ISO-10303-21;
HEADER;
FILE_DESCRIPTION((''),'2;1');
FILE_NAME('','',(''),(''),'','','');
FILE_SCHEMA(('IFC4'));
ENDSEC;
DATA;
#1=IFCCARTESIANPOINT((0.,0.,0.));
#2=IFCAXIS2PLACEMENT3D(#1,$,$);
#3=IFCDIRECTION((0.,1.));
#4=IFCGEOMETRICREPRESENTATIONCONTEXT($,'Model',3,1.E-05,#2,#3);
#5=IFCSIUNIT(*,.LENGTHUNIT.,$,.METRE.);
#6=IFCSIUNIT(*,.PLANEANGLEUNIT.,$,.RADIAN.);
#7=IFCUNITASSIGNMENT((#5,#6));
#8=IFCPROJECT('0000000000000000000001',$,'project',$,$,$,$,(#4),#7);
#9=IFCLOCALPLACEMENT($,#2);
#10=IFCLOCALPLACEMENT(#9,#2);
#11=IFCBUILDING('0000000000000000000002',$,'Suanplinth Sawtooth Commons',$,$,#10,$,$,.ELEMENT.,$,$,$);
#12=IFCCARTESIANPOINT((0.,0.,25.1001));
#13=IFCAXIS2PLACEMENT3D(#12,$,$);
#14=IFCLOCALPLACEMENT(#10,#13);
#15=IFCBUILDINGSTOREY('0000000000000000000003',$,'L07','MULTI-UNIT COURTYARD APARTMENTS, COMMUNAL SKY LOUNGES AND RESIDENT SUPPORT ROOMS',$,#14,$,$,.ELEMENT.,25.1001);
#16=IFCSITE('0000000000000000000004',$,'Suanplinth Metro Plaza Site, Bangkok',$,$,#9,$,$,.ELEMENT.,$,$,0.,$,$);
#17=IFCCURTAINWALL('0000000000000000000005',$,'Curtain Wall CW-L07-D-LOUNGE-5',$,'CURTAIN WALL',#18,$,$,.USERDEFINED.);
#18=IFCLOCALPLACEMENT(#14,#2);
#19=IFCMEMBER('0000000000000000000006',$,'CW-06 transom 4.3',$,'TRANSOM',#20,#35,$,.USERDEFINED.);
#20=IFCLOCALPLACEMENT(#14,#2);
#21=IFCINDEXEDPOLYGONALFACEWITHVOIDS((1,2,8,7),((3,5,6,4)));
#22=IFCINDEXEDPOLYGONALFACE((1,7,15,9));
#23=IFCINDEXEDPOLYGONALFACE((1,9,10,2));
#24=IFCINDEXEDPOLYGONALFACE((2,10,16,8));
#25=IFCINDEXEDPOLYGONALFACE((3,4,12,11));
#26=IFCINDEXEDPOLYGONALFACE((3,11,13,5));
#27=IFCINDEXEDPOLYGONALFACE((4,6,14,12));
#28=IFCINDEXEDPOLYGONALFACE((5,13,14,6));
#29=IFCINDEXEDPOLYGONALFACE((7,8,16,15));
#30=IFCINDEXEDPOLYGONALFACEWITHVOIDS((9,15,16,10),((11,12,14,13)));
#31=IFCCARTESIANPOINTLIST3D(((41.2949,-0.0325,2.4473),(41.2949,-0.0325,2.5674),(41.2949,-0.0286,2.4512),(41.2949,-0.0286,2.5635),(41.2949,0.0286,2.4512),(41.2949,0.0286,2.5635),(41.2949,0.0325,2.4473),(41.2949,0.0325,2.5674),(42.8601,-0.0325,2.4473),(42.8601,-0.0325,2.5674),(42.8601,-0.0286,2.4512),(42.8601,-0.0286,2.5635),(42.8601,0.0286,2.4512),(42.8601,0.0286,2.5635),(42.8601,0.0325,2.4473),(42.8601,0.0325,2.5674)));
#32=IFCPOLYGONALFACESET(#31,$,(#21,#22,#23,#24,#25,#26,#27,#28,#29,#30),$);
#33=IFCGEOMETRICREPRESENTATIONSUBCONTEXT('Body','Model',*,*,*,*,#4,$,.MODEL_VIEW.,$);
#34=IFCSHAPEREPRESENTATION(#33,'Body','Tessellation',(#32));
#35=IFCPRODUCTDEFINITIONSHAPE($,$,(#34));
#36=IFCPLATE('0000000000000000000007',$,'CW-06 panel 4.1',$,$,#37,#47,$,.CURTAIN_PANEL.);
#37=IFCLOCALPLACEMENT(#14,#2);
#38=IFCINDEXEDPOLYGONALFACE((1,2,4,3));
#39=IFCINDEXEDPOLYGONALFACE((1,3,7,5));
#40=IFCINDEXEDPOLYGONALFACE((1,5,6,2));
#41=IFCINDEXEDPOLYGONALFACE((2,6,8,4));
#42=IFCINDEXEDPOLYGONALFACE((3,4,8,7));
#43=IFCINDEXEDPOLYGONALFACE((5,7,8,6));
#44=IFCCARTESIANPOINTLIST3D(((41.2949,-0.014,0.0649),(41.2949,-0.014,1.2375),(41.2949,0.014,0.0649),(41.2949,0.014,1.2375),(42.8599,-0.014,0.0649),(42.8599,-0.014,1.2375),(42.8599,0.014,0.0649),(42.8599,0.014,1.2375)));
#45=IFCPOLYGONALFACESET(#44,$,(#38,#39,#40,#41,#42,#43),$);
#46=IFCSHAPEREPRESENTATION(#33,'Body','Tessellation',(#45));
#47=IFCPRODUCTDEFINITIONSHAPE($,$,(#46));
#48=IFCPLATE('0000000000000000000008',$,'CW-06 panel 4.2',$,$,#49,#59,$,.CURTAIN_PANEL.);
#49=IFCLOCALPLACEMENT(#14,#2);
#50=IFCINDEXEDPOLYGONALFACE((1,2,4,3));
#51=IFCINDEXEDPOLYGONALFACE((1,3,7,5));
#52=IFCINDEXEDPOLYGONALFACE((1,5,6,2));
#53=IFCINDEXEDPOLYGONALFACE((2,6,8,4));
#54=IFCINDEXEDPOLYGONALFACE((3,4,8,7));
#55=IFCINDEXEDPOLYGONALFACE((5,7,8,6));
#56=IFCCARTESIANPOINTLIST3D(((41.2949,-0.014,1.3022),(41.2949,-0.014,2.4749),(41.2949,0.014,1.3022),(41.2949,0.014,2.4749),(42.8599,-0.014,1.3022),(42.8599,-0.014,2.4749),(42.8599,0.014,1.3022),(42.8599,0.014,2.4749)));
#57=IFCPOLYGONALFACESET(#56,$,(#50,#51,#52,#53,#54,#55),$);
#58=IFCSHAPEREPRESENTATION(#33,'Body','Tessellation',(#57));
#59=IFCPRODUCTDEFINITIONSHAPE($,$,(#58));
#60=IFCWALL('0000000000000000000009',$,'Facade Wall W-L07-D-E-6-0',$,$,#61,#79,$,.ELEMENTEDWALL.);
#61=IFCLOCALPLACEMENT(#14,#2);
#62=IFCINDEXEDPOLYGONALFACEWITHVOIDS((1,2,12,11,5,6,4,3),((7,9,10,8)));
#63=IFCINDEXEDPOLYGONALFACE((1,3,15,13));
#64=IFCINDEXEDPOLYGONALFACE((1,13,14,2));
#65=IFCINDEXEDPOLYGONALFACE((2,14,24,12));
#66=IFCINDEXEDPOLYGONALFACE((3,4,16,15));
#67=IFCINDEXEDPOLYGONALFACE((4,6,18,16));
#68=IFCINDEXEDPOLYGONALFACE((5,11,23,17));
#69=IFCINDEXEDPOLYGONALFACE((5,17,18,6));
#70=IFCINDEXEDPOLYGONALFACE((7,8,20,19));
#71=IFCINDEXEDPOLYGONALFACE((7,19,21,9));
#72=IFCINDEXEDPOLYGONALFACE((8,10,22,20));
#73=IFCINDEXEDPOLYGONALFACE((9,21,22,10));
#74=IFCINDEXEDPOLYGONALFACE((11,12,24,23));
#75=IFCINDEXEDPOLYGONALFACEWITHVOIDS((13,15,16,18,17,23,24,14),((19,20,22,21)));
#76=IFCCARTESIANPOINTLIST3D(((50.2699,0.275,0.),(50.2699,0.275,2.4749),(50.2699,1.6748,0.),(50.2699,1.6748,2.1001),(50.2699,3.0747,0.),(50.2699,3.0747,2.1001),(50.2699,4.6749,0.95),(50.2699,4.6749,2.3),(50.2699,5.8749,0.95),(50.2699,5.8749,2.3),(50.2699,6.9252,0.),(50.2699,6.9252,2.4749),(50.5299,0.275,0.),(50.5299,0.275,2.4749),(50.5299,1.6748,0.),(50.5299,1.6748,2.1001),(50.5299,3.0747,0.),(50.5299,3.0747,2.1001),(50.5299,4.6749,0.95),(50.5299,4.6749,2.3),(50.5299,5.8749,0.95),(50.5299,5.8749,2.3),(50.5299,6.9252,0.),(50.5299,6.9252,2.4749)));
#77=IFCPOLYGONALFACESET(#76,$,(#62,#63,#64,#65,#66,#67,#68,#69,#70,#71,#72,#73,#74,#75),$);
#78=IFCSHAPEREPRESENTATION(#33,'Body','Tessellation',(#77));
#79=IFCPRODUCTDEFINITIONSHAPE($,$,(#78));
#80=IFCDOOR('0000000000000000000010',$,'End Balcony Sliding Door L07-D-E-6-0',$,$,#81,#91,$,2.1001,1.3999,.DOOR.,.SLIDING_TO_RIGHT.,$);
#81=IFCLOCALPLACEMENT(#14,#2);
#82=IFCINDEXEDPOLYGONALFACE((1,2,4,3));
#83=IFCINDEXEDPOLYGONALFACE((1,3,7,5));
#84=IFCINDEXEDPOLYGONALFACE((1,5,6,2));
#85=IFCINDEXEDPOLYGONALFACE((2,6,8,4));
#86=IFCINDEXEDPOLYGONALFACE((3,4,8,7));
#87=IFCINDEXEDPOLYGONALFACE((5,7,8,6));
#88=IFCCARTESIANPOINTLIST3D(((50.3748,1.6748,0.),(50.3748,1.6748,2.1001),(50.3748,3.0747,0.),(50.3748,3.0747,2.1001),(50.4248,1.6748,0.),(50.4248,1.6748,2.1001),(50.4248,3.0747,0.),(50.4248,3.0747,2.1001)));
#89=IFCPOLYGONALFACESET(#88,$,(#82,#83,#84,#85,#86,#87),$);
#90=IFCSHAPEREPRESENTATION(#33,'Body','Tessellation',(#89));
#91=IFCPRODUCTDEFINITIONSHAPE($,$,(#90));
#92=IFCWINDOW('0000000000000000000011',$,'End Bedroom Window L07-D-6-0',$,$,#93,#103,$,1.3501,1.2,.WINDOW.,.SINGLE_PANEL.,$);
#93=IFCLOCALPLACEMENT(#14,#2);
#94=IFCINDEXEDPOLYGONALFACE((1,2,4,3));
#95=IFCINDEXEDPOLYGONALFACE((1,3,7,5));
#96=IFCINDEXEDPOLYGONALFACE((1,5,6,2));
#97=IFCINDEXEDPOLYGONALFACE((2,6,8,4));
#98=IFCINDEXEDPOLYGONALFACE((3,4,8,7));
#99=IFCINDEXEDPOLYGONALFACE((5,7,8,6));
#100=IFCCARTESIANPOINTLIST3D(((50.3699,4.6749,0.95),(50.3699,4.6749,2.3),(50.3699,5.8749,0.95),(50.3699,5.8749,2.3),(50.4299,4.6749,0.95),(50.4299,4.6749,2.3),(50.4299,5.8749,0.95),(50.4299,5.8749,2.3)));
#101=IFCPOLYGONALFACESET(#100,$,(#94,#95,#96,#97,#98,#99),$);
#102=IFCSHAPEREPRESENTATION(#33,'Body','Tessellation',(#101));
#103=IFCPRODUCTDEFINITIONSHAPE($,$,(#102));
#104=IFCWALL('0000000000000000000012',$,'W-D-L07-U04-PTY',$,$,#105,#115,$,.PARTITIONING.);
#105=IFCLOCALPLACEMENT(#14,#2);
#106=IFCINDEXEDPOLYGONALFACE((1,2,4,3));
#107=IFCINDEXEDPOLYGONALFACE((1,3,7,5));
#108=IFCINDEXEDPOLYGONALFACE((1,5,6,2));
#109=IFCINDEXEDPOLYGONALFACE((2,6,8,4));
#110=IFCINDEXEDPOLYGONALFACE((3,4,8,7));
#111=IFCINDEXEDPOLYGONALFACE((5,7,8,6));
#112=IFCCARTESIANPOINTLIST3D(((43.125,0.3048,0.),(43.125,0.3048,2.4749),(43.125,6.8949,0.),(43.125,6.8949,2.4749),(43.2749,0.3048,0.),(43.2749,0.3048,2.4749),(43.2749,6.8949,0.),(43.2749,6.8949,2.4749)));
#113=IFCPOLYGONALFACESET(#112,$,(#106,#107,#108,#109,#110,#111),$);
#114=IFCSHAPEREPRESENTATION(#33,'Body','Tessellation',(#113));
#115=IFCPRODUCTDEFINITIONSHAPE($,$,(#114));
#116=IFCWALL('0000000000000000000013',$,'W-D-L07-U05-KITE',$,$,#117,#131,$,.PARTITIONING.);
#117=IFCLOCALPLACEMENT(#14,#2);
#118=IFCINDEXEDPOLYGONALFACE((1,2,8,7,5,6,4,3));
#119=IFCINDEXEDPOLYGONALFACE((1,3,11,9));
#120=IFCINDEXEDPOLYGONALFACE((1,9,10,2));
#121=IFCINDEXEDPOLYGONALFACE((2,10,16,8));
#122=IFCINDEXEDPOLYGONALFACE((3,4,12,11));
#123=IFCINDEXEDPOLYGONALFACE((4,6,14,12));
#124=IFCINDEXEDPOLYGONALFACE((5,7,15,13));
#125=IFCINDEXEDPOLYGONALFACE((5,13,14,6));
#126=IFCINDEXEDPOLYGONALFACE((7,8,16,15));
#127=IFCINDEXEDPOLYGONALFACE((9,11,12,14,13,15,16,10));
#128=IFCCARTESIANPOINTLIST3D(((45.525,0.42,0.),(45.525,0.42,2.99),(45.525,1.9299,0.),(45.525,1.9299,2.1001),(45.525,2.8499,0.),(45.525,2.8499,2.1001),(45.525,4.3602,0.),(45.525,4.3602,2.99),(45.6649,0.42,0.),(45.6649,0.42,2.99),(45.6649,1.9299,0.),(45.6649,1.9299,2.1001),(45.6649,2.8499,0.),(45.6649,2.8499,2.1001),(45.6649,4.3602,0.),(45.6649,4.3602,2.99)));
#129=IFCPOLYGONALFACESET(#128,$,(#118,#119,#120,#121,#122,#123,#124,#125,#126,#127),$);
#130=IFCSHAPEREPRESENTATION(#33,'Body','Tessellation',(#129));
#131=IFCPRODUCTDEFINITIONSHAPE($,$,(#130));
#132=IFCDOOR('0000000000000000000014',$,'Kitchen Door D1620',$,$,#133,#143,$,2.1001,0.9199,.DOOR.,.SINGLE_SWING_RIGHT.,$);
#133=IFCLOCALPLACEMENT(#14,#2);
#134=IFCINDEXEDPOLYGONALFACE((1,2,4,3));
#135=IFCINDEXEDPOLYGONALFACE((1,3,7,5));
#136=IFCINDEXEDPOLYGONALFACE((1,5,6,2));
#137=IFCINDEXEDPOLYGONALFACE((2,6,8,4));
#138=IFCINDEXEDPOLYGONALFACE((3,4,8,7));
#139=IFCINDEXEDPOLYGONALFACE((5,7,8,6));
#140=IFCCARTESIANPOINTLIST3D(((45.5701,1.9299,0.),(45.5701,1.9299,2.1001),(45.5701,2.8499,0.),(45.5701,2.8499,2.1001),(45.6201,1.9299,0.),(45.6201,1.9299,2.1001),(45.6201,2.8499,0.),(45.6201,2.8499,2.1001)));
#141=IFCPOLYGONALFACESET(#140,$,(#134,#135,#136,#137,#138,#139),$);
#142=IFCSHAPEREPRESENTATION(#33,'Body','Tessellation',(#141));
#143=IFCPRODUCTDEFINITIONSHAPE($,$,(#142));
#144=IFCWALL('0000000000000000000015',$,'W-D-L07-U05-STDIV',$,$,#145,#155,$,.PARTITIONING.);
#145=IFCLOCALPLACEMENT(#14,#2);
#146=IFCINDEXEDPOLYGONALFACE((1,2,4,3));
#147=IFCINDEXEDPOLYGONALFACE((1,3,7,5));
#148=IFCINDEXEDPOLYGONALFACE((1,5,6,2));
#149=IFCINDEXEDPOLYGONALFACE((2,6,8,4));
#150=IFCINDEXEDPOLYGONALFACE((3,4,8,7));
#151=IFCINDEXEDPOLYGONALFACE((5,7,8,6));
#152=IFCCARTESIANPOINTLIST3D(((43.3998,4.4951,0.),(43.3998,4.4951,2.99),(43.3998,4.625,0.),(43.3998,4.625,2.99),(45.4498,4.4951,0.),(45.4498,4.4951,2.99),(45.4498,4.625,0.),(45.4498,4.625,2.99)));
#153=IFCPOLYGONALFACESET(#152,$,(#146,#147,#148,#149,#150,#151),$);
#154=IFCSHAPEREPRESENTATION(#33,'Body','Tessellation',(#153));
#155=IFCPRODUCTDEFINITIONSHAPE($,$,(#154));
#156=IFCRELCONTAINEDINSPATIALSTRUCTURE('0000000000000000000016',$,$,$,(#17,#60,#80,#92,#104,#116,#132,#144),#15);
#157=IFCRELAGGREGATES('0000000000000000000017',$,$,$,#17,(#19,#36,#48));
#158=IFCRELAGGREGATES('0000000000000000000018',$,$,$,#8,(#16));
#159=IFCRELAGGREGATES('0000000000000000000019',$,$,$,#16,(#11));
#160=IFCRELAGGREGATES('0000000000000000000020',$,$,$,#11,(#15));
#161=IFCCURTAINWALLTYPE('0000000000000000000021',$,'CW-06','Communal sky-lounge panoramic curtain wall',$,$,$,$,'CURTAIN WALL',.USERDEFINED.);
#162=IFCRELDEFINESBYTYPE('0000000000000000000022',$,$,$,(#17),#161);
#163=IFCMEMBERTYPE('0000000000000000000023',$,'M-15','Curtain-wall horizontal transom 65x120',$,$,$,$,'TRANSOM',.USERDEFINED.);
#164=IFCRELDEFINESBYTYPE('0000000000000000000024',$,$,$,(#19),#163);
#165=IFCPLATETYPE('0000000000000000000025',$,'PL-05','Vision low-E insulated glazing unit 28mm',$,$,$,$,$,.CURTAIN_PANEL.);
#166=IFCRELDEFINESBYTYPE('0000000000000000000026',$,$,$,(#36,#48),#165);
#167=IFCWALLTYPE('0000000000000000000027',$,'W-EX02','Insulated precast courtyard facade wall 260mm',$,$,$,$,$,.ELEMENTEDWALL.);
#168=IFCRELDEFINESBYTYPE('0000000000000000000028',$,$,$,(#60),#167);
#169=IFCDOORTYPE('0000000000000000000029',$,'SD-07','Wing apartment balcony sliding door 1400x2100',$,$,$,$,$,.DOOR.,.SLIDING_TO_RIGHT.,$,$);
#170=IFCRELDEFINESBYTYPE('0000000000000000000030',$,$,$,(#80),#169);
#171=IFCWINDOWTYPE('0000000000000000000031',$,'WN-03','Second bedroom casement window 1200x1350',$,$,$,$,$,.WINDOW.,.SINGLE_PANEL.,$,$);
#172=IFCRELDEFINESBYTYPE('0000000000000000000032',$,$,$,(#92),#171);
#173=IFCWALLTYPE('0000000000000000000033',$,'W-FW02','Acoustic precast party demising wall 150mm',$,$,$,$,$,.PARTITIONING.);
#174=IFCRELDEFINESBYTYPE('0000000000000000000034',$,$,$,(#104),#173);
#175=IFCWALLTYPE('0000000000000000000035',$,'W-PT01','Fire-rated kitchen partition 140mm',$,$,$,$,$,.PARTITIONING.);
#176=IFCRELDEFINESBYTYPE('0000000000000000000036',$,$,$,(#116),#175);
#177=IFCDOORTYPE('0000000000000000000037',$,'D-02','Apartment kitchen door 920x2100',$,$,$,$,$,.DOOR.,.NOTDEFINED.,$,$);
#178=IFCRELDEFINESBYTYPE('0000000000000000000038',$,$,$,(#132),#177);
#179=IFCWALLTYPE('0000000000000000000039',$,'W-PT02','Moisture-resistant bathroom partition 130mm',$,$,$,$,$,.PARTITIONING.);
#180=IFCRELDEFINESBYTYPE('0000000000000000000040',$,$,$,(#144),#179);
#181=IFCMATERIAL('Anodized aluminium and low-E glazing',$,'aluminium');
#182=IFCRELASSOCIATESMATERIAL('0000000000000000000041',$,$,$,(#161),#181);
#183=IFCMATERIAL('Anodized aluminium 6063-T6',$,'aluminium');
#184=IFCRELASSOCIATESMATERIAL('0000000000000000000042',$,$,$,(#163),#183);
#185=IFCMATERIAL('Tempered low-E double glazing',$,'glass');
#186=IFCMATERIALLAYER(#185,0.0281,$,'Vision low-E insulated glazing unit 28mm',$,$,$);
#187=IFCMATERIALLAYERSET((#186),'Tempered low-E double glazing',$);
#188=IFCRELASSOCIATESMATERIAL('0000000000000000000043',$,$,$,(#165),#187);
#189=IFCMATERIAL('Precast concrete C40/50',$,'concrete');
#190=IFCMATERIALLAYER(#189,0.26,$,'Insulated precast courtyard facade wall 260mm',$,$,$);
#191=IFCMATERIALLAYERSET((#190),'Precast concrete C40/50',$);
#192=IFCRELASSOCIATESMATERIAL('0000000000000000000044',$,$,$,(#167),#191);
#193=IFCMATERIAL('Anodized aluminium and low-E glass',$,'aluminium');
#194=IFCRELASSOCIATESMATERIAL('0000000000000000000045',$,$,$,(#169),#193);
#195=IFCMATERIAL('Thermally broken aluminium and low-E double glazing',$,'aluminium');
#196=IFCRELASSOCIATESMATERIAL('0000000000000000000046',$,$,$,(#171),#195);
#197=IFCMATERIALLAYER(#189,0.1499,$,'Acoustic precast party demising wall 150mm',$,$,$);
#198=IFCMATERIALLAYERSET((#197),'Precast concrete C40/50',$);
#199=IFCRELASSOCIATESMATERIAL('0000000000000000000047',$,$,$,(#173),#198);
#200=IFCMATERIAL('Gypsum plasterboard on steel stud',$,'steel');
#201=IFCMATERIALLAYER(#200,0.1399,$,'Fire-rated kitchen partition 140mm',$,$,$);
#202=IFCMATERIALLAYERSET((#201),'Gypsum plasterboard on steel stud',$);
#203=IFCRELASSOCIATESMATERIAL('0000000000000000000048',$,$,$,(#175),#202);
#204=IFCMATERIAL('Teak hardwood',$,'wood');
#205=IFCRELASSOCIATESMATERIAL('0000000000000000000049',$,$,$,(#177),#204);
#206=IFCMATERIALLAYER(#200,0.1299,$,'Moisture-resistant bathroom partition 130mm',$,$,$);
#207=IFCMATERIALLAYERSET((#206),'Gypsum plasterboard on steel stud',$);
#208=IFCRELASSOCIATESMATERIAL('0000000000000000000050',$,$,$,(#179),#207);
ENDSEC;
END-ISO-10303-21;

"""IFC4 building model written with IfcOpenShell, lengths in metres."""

from ifc_helpers import new_model, si_unit, direction, frame, frame_2d, origin, origin_2d, place, context, subcontext, project, spatial, rectangle, hollow_rectangle, extrude, material, layer, layer_set, material_profile, profile_set, type_object, element, fill, aggregate, save


model = new_model("IFC4")

# Units and contexts
model_context = context("Model", 3, precision=1e-05, world=origin(), true_north=direction((0.0, 1.0)))
body_context = subcontext(model_context, "Body", "Model", "MODEL_VIEW")
ifc_project = project(units=[si_unit("LENGTHUNIT", "METRE"), si_unit("PLANEANGLEUNIT", "RADIAN")], contexts=[model_context])

# Site, building, storey
site_placement = place(None, origin())
site = spatial("IfcSite", under=ifc_project, at=site_placement, Name="Suanplinth Metro Plaza Site, Bangkok", CompositionType="ELEMENT", RefElevation=0.0)
building_placement = place(site_placement, origin())
building = spatial("IfcBuilding", under=site, at=building_placement, Name="Suanplinth Sawtooth Commons", CompositionType="ELEMENT")
storey_placement = place(building_placement, frame((0.0, 0.0, 25.1001)))
storey = spatial("IfcBuildingStorey", under=building, at=storey_placement, Name="L07", Description="MULTI-UNIT COURTYARD APARTMENTS, COMMUNAL SKY LOUNGES AND RESIDENT SUPPORT ROOMS", CompositionType="ELEMENT", Elevation=25.1001)

# Shared definitions
ifc_material_1 = material(Name="Precast concrete C40/50", Category="concrete")

# Curtain wall, member, plates
ifc_material_2 = material(Name="Anodized aluminium and low-E glazing", Category="aluminium")
curtain_wall_type = type_object("IfcCurtainWallType", Name="CW-06", Description="Communal sky-lounge panoramic curtain wall", ElementType="CURTAIN WALL", PredefinedType="USERDEFINED", material=ifc_material_2)
curtain_wall_placement = place(storey_placement, origin())
curtain_wall = element("IfcCurtainWall", 1, at=curtain_wall_placement, inside=storey, type_object=curtain_wall_type, Name="Curtain Wall CW-L07-D-LOUNGE-5", ObjectType="CURTAIN WALL", PredefinedType="USERDEFINED")
ifc_material_3 = material(Name="Anodized aluminium 6063-T6", Category="aluminium")
ifc_material_profile_1 = material_profile(ifc_material_3, hollow_rectangle(XDim=0.0649, YDim=0.1201, WallThickness=0.0039, at=origin_2d()), Name="ALU-TRN 65x120")
ifc_profile_set_1 = profile_set([ifc_material_profile_1], Name="Anodized aluminium 6063-T6")
member_type_1 = type_object("IfcMemberType", Name="M-15", Description="Curtain-wall horizontal transom 65x120", ElementType="TRANSOM", PredefinedType="USERDEFINED", material=ifc_profile_set_1)
member_1_placement = place(storey_placement, frame((41.2949, 0.0, 2.5073), z_axis=(1.0, 0.0, 0.0), x_axis=(0.0, 1.0, 0.0)))
member_1 = element("IfcMember", 2, at=member_1_placement, type_object=member_type_1, Name="CW-06 transom 4.3", ObjectType="TRANSOM", PredefinedType="USERDEFINED", context=body_context, shape_type="SweptSolid", body=[
    extrude(hollow_rectangle(XDim=0.0649, YDim=0.1201, WallThickness=0.0039, at=origin_2d()), origin(), (0.0, 0.0, 1.0), 1.5652),
])
ifc_material_4 = material(Name="Tempered low-E double glazing", Category="glass")
ifc_layer_1 = layer(ifc_material_4, 0.0281, Name="Vision low-E insulated glazing unit 28mm")
ifc_layer_set_1 = layer_set([ifc_layer_1], Name="Tempered low-E double glazing")
plate_type = type_object("IfcPlateType", Name="PL-05", Description="Vision low-E insulated glazing unit 28mm", PredefinedType="CURTAIN_PANEL", material=ifc_layer_set_1)
plate_1_placement = place(storey_placement, frame((42.0774, 0.0, 0.0649), z_axis=(0.0, 0.0, 1.0), x_axis=(1.0, 0.0, 0.0)))
plate_1 = element("IfcPlate", 3, at=plate_1_placement, type_object=plate_type, Name="CW-06 panel 4.1", PredefinedType="CURTAIN_PANEL", context=body_context, shape_type="SweptSolid", body=[
    extrude(rectangle(XDim=1.5649, YDim=0.0281, at=origin_2d()), origin(), (0.0, 0.0, 1.0), 1.1726),
])
plate_2_placement = place(storey_placement, frame((42.0774, 0.0, 1.3022), z_axis=(0.0, 0.0, 1.0), x_axis=(1.0, 0.0, 0.0)))
plate_2 = element("IfcPlate", 4, at=plate_2_placement, type_object=plate_type, Name="CW-06 panel 4.2", PredefinedType="CURTAIN_PANEL", context=body_context, shape_type="SweptSolid", body=[
    extrude(rectangle(XDim=1.5649, YDim=0.0281, at=origin_2d()), origin(), (0.0, 0.0, 1.0), 1.1726),
])
aggregate(curtain_wall, [member_1, plate_1, plate_2])

# Wall, openings, door, window
ifc_layer_2 = layer(ifc_material_1, 0.26, Name="Insulated precast courtyard facade wall 260mm")
ifc_layer_set_2 = layer_set([ifc_layer_2], Name="Precast concrete C40/50")
wall_type_1 = type_object("IfcWallType", Name="W-EX02", Description="Insulated precast courtyard facade wall 260mm", PredefinedType="ELEMENTEDWALL", material=ifc_layer_set_2)
ifc_material_5 = material(Name="Anodized aluminium and low-E glass", Category="aluminium")
ifc_material_6 = material(Name="Thermally broken aluminium and low-E double glazing", Category="aluminium")
wall_1_placement = place(storey_placement, frame((50.3999, 0.2749, 0.0), z_axis=(0.0, 0.0, 1.0), x_axis=(0.0, 1.0, 0.0)))
wall_1 = element("IfcWall", 5, at=wall_1_placement, inside=storey, type_object=wall_type_1, Name="Facade Wall W-L07-D-E-6-0", PredefinedType="ELEMENTEDWALL", context=body_context, shape_type="SweptSolid", body=[
    extrude(rectangle(XDim=6.6501, YDim=0.26, at=frame_2d((3.3252, 0.0))), origin(), (0.0, 0.0, 1.0), 2.4749),
])
opening_1_placement = place(wall_1_placement, frame((1.3999, 0.0, 0.0)))
opening_1 = element("IfcOpeningElement", 6, at=opening_1_placement, cuts=wall_1, PredefinedType="OPENING", context=body_context, shape_type="SweptSolid", body=[
    extrude(rectangle(XDim=1.3999, YDim=2.1001, at=frame_2d((0.7, 1.05))), frame((0.0, 0.145, 0.0), z_axis=(0.0, -1.0, 0.0), x_axis=(1.0, 0.0, 0.0)), (0.0, 0.0, 1.0), 0.2898),
])
opening_2_placement = place(wall_1_placement, frame((4.3999, 0.0, 0.95)))
opening_2 = element("IfcOpeningElement", 7, at=opening_2_placement, cuts=wall_1, PredefinedType="OPENING", context=body_context, shape_type="SweptSolid", body=[
    extrude(rectangle(XDim=1.2, YDim=1.3501, at=frame_2d((0.6001, 0.675))), frame((0.0, 0.145, 0.0), z_axis=(0.0, -1.0, 0.0), x_axis=(1.0, 0.0, 0.0)), (0.0, 0.0, 1.0), 0.2898),
])
door_type_1 = type_object("IfcDoorType", Name="SD-07", Description="Wing apartment balcony sliding door 1400x2100", OperationType="SLIDING_TO_RIGHT", PredefinedType="DOOR", material=ifc_material_5)
door_1_placement = place(opening_1_placement, frame((1.3999, 0.0, 0.0), z_axis=(0.0, 0.0, 1.0), x_axis=(-1.0, 0.0, 0.0)))
door_1 = element("IfcDoor", 8, at=door_1_placement, inside=storey, type_object=door_type_1, Name="End Balcony Sliding Door L07-D-E-6-0", OperationType="SLIDING_TO_RIGHT", OverallHeight=2.1001, OverallWidth=1.3999, PredefinedType="DOOR", context=body_context, shape_type="SweptSolid", body=[
    extrude(rectangle(XDim=1.3999, YDim=2.1001, at=frame_2d((0.7, 1.05))), frame((0.0, 0.0249, 0.0), z_axis=(0.0, -1.0, 0.0), x_axis=(1.0, 0.0, 0.0)), (0.0, 0.0, 1.0), 0.05),
])
fill(opening_1, door_1)
window_type_1 = type_object("IfcWindowType", Name="WN-03", Description="Second bedroom casement window 1200x1350", PartitioningType="SINGLE_PANEL", PredefinedType="WINDOW", material=ifc_material_6)
window_1_placement = place(opening_2_placement, origin())
window_1 = element("IfcWindow", 9, at=window_1_placement, inside=storey, type_object=window_type_1, Name="End Bedroom Window L07-D-6-0", OverallHeight=1.3501, OverallWidth=1.2, PartitioningType="SINGLE_PANEL", PredefinedType="WINDOW", context=body_context, shape_type="SweptSolid", body=[
    extrude(rectangle(XDim=1.2, YDim=1.3501, at=frame_2d((0.6001, 0.675))), frame((0.0, 0.03, 0.0), z_axis=(0.0, -1.0, 0.0), x_axis=(1.0, 0.0, 0.0)), (0.0, 0.0, 1.0), 0.0601),
])
fill(opening_2, window_1)

# Wall
ifc_layer_3 = layer(ifc_material_1, 0.1499, Name="Acoustic precast party demising wall 150mm")
ifc_layer_set_3 = layer_set([ifc_layer_3], Name="Precast concrete C40/50")
wall_type_2 = type_object("IfcWallType", Name="W-FW02", Description="Acoustic precast party demising wall 150mm", PredefinedType="PARTITIONING", material=ifc_layer_set_3)
wall_2_placement = place(storey_placement, frame((43.2, 0.3049, 0.0), z_axis=(0.0, 0.0, 1.0), x_axis=(0.0, 1.0, 0.0)))
element("IfcWall", 10, at=wall_2_placement, inside=storey, type_object=wall_type_2, Name="W-D-L07-U04-PTY", PredefinedType="PARTITIONING", context=body_context, shape_type="SweptSolid", body=[
    extrude(rectangle(XDim=6.5901, YDim=0.1499, at=frame_2d((3.2949, 0.0))), origin(), (0.0, 0.0, 1.0), 2.4749),
])

# Wall, opening, door
ifc_material_7 = material(Name="Gypsum plasterboard on steel stud", Category="steel")
ifc_layer_4 = layer(ifc_material_7, 0.1399, Name="Fire-rated kitchen partition 140mm")
ifc_layer_set_4 = layer_set([ifc_layer_4], Name="Gypsum plasterboard on steel stud")
wall_type_3 = type_object("IfcWallType", Name="W-PT01", Description="Fire-rated kitchen partition 140mm", PredefinedType="PARTITIONING", material=ifc_layer_set_4)
wall_3_placement = place(storey_placement, frame((45.595, 0.4199, 0.0), z_axis=(0.0, 0.0, 1.0), x_axis=(0.0, 1.0, 0.0)))
wall_3 = element("IfcWall", 11, at=wall_3_placement, inside=storey, type_object=wall_type_3, Name="W-D-L07-U05-KITE", PredefinedType="PARTITIONING", context=body_context, shape_type="SweptSolid", body=[
    extrude(rectangle(XDim=3.9402, YDim=0.1399, at=frame_2d((1.9702, 0.0))), origin(), (0.0, 0.0, 1.0), 2.99),
])
opening_3_placement = place(wall_3_placement, frame((1.51, 0.0, 0.0)))
opening_3 = element("IfcOpeningElement", 12, at=opening_3_placement, cuts=wall_3, PredefinedType="OPENING", context=body_context, shape_type="SweptSolid", body=[
    extrude(rectangle(XDim=0.9199, YDim=2.1001, at=frame_2d((0.46, 1.05))), frame((0.0, 0.085, 0.0), z_axis=(0.0, -1.0, 0.0), x_axis=(1.0, 0.0, 0.0)), (0.0, 0.0, 1.0), 0.1697),
])
ifc_material_8 = material(Name="Teak hardwood", Category="wood")
door_type_2 = type_object("IfcDoorType", Name="D-02", Description="Apartment kitchen door 920x2100", OperationType="NOTDEFINED", PredefinedType="DOOR", material=ifc_material_8)
door_2_placement = place(opening_3_placement, origin())
door_2 = element("IfcDoor", 13, at=door_2_placement, inside=storey, type_object=door_type_2, Name="Kitchen Door D1620", OperationType="SINGLE_SWING_RIGHT", OverallHeight=2.1001, OverallWidth=0.9199, PredefinedType="DOOR", context=body_context, shape_type="SweptSolid", body=[
    extrude(rectangle(XDim=0.9199, YDim=2.1001, at=frame_2d((0.46, 1.05))), frame((0.0, 0.0249, 0.0), z_axis=(0.0, -1.0, 0.0), x_axis=(1.0, 0.0, 0.0)), (0.0, 0.0, 1.0), 0.05),
])
fill(opening_3, door_2)

# Wall
ifc_layer_5 = layer(ifc_material_7, 0.1299, Name="Moisture-resistant bathroom partition 130mm")
ifc_layer_set_5 = layer_set([ifc_layer_5], Name="Gypsum plasterboard on steel stud")
wall_type_4 = type_object("IfcWallType", Name="W-PT02", Description="Moisture-resistant bathroom partition 130mm", PredefinedType="PARTITIONING", material=ifc_layer_set_5)
wall_4_placement = place(storey_placement, frame((43.3999, 4.5601, 0.0), z_axis=(0.0, 0.0, 1.0), x_axis=(1.0, 0.0, 0.0)))
element("IfcWall", 14, at=wall_4_placement, inside=storey, type_object=wall_type_4, Name="W-D-L07-U05-STDIV", PredefinedType="PARTITIONING", context=body_context, shape_type="SweptSolid", body=[
    extrude(rectangle(XDim=2.05, YDim=0.1299, at=frame_2d((1.0249, 0.0))), origin(), (0.0, 0.0, 1.0), 2.99),
])

save(model, "model.ifc")
